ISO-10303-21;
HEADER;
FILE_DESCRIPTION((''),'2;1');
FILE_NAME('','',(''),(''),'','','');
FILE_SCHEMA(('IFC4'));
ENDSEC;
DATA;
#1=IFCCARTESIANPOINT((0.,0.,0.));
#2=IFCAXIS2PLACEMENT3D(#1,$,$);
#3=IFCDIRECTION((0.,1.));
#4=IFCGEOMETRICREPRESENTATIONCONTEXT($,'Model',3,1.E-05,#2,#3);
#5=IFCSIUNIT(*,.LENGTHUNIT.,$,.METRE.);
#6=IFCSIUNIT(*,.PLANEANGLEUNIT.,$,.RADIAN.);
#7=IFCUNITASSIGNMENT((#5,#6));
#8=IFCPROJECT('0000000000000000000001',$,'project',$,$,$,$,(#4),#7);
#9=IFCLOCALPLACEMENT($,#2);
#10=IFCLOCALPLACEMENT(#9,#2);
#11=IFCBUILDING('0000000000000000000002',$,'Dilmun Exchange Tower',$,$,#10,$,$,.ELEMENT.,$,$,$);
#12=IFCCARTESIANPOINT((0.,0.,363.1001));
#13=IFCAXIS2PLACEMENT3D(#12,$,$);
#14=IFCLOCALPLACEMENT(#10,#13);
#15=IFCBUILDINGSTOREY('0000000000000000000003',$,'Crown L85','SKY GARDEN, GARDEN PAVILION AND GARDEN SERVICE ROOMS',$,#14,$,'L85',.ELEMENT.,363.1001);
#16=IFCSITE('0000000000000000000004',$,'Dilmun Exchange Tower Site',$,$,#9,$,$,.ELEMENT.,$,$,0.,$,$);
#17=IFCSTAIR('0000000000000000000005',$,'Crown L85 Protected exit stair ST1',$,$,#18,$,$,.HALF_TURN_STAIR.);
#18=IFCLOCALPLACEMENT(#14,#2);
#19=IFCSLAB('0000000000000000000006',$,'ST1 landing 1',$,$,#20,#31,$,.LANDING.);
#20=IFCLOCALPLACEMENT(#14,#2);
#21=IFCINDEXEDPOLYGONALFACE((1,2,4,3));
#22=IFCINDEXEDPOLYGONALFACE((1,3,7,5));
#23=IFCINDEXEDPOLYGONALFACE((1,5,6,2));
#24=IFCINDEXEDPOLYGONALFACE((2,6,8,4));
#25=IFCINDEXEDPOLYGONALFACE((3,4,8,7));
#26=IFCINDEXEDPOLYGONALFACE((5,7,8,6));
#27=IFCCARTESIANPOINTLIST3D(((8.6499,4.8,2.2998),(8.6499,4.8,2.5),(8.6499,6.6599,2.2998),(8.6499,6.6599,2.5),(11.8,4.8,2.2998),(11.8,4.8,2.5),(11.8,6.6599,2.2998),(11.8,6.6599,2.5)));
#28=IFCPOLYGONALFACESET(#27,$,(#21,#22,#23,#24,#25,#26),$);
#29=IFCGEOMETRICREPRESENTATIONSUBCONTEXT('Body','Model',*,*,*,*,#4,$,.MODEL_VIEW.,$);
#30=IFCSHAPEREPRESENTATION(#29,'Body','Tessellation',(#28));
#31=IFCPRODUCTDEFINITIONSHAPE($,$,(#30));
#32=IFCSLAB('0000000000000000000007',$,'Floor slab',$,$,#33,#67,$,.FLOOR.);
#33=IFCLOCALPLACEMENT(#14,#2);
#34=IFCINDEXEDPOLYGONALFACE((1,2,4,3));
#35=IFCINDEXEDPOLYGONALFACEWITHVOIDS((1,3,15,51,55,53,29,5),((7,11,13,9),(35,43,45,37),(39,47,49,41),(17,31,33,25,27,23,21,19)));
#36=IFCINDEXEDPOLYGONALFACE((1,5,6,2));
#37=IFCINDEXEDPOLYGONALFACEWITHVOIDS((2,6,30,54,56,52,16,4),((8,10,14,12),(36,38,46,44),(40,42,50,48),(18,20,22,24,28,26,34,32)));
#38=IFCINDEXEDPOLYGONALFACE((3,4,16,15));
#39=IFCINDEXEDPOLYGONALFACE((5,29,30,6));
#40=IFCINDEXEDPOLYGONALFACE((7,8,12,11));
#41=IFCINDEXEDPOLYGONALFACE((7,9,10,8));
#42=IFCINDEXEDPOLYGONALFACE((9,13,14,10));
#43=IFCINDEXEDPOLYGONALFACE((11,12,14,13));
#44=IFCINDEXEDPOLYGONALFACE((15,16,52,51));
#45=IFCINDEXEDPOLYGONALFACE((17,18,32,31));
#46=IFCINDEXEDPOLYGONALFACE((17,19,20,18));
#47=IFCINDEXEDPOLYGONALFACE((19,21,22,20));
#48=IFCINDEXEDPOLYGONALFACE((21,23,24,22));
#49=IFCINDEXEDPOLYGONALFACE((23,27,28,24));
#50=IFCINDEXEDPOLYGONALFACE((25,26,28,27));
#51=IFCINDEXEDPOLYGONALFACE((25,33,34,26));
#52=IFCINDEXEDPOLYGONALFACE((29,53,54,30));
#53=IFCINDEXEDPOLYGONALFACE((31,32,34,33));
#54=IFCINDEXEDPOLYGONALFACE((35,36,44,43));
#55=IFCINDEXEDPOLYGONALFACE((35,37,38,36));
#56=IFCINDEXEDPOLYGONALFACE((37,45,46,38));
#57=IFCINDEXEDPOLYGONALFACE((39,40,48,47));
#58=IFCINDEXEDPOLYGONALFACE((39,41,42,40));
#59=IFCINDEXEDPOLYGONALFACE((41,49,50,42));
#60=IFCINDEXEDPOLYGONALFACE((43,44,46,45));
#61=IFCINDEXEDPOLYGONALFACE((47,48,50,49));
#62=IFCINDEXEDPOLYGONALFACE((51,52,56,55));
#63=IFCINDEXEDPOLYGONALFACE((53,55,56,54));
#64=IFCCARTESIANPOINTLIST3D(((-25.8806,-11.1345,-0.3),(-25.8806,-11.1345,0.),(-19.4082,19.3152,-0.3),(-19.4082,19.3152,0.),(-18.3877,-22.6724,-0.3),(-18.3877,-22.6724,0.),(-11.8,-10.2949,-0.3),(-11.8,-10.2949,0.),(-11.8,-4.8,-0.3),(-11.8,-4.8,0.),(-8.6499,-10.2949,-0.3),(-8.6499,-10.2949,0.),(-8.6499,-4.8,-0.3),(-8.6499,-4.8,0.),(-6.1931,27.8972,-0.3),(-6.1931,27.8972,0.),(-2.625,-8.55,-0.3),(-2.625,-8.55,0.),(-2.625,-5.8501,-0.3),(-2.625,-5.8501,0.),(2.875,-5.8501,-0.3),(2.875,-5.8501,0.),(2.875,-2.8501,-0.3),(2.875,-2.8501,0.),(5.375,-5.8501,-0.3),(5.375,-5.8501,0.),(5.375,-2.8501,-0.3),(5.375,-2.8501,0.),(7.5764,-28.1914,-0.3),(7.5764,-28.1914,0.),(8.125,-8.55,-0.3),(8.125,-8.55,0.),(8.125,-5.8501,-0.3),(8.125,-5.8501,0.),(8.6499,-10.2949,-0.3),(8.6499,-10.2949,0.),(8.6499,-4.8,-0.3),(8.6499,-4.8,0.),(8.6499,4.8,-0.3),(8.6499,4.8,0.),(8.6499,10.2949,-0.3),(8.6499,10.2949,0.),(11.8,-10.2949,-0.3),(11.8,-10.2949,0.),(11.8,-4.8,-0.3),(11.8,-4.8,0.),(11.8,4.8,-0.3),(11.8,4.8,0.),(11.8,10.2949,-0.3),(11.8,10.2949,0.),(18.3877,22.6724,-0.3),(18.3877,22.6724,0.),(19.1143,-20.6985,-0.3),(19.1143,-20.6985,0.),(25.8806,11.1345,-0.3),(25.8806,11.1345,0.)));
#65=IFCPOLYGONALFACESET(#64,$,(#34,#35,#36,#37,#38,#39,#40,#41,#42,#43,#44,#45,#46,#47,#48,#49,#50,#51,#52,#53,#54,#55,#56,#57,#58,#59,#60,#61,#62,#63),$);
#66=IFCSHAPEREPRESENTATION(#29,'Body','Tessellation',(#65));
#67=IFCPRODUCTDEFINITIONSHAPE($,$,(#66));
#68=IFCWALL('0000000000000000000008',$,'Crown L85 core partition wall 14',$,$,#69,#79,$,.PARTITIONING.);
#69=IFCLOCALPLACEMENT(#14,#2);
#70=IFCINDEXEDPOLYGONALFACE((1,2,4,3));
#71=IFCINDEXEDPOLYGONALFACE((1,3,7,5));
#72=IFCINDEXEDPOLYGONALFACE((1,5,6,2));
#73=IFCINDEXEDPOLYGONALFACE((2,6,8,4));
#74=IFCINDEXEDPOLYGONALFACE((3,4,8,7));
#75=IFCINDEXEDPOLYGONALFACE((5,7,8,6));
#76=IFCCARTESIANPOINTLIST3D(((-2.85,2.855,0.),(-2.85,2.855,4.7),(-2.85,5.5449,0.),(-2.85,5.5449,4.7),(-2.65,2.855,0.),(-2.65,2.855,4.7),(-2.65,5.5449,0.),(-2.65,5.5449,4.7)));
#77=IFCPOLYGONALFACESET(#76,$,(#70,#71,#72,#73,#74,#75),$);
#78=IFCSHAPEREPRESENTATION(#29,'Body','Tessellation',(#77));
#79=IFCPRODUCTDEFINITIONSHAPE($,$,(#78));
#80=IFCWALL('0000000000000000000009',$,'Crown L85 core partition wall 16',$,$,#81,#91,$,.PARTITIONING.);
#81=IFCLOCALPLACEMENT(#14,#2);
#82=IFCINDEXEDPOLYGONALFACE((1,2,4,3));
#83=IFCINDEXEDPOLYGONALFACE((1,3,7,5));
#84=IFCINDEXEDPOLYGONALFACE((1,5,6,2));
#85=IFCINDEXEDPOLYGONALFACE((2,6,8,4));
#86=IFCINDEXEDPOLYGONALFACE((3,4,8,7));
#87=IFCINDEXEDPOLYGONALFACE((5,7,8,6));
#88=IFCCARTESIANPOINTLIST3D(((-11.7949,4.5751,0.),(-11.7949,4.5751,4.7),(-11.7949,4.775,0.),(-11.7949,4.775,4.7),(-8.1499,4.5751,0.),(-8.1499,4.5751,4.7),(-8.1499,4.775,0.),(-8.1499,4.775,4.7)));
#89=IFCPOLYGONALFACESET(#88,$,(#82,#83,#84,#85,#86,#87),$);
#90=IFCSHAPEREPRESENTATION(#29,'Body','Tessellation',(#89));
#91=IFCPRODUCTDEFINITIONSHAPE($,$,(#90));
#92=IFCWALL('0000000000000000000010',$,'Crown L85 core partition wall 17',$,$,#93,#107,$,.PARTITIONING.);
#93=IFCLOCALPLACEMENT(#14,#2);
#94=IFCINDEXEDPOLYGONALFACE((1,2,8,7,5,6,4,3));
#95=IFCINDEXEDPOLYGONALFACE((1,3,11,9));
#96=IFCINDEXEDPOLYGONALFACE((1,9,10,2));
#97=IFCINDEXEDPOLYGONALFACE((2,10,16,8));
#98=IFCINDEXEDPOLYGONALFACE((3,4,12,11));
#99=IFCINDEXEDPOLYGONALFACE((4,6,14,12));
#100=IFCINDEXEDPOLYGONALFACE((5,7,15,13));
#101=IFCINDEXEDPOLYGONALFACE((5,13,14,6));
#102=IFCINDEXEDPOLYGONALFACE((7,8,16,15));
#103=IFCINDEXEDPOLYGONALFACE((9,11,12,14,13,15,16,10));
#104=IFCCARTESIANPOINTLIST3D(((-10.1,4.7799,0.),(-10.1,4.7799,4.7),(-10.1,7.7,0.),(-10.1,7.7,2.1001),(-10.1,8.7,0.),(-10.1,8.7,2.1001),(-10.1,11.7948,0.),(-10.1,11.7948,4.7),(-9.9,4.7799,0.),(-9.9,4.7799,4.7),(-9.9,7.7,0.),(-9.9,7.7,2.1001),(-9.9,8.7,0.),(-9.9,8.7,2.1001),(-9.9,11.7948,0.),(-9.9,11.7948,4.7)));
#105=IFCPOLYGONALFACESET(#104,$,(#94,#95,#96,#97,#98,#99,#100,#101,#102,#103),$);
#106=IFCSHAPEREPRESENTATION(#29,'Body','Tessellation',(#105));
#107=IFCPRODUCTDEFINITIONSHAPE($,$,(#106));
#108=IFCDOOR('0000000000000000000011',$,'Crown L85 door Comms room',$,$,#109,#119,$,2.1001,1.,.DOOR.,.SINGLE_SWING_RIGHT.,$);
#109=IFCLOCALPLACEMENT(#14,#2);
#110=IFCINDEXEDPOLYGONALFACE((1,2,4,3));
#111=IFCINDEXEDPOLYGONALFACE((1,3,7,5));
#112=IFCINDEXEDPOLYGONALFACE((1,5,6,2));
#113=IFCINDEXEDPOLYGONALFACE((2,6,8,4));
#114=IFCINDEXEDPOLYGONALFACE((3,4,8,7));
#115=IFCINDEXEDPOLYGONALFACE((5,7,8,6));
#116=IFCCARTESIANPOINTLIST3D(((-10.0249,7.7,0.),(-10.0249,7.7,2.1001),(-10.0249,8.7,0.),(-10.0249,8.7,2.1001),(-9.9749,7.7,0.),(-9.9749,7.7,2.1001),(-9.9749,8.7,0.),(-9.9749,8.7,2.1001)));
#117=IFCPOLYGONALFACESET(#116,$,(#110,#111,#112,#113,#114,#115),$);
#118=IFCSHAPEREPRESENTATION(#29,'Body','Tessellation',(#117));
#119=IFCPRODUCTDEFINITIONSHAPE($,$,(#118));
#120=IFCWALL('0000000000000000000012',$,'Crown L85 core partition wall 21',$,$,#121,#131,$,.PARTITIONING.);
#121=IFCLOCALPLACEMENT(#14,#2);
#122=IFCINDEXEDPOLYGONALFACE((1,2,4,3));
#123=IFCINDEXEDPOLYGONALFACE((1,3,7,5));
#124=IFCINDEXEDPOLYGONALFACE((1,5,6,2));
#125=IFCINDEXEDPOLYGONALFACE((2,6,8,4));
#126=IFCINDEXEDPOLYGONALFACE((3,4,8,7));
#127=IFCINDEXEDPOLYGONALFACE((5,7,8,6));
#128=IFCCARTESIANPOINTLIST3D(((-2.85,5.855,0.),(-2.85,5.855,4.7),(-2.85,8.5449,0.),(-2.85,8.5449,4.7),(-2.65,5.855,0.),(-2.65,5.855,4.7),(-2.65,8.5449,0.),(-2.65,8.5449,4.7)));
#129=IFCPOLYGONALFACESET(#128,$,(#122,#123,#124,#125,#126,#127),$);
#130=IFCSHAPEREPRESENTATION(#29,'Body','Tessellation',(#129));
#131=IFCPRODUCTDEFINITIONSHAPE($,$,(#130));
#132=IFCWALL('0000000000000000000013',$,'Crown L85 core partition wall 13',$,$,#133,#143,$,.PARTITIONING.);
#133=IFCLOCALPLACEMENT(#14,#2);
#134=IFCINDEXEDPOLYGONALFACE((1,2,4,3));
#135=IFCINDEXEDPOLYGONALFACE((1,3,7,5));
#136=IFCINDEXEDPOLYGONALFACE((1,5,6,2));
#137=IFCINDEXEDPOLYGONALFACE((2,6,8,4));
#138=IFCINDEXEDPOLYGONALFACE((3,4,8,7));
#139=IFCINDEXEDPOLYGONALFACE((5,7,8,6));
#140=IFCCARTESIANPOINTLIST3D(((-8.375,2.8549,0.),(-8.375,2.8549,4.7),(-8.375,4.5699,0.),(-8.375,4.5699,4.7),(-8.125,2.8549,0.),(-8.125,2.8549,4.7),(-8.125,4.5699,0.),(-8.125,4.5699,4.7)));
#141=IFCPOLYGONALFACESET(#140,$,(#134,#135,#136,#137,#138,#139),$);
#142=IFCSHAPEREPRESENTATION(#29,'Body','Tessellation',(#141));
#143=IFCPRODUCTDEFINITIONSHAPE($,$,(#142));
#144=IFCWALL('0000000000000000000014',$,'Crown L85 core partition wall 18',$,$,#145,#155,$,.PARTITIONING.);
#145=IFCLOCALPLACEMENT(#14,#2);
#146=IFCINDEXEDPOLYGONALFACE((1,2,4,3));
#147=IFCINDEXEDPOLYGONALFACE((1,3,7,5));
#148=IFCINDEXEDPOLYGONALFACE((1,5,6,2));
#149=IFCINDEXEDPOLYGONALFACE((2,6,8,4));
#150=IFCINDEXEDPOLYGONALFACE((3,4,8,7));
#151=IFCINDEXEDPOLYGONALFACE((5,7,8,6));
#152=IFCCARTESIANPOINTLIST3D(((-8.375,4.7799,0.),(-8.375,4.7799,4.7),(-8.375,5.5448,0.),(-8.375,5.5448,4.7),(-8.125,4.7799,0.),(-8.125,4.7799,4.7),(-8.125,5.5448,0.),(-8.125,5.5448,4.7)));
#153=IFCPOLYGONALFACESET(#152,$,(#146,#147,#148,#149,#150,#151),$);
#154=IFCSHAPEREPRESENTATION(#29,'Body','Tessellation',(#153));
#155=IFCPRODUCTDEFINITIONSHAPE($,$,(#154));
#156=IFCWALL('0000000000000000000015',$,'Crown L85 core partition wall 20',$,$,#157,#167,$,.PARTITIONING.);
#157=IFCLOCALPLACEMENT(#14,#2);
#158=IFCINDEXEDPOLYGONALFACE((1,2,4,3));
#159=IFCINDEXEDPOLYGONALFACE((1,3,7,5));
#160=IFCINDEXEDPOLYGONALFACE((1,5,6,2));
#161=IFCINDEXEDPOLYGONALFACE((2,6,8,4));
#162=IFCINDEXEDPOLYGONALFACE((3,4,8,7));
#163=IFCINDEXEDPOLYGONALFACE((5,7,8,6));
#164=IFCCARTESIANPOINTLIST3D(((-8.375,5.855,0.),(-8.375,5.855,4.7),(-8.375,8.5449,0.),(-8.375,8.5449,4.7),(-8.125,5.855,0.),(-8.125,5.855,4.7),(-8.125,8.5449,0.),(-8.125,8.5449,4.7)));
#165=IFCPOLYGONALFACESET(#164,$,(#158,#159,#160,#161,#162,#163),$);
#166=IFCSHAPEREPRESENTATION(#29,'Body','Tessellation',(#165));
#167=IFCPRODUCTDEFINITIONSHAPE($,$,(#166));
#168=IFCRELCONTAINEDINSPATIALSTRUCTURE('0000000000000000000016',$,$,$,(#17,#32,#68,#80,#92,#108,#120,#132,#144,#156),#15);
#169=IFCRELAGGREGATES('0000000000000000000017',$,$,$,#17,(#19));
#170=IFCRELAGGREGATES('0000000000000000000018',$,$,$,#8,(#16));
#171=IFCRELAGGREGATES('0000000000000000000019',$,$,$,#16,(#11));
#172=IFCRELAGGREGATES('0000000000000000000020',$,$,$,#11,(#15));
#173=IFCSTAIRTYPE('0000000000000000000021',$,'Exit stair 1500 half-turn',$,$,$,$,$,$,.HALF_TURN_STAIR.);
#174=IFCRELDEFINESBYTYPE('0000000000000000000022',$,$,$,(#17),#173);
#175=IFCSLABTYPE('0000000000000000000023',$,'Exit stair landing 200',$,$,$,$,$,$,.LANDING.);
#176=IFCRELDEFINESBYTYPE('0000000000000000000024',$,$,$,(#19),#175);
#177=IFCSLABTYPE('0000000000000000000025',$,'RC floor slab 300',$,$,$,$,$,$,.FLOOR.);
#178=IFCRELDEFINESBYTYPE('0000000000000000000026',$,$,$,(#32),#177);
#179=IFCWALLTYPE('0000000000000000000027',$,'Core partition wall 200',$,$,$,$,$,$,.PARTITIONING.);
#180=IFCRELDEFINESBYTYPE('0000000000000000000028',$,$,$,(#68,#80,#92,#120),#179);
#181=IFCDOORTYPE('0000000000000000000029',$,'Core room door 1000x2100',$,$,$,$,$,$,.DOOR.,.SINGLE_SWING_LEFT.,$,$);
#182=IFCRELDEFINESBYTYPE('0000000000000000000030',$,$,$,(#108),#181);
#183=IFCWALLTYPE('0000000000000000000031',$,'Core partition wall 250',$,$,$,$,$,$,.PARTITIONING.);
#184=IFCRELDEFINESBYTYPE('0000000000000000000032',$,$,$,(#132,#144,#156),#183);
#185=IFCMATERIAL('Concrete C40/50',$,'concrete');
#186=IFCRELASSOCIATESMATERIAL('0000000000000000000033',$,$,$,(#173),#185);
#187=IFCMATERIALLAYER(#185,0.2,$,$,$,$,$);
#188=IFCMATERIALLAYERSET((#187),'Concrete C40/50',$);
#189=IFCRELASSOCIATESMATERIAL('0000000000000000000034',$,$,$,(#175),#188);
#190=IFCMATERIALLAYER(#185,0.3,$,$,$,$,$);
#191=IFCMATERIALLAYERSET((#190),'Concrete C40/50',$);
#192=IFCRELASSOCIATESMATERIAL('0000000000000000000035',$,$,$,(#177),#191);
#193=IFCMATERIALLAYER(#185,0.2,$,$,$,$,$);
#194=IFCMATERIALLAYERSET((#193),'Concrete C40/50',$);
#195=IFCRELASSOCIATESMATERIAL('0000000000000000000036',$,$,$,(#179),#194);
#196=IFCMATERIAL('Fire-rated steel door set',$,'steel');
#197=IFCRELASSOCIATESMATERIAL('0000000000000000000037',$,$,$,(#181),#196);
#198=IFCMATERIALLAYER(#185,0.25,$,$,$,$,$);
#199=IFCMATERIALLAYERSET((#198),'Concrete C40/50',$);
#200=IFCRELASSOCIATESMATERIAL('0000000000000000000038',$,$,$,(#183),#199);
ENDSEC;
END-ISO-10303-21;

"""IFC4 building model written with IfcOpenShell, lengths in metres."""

from ifc_helpers import new_model, si_unit, direction, frame, frame_2d, origin, place, context, subcontext, project, spatial, polyline, rectangle, outline, extrude, material, layer, layer_set, type_object, element, fill, aggregate, save


model = new_model("IFC4")

# Units and contexts
model_context = context("Model", 3, precision=1e-05, world=origin(), true_north=direction((0.0, 1.0)))
body_context = subcontext(model_context, "Body", "Model", "MODEL_VIEW")
ifc_project = project(units=[si_unit("LENGTHUNIT", "METRE"), si_unit("PLANEANGLEUNIT", "RADIAN")], contexts=[model_context])

# Site, building, storey
site_placement = place(None, origin())
site = spatial("IfcSite", under=ifc_project, at=site_placement, Name="Dilmun Exchange Tower Site", CompositionType="ELEMENT", RefElevation=0.0)
building_placement = place(site_placement, origin())
building = spatial("IfcBuilding", under=site, at=building_placement, Name="Dilmun Exchange Tower", CompositionType="ELEMENT")
storey_placement = place(building_placement, frame((0.0, 0.0, 363.1001)))
storey = spatial("IfcBuildingStorey", under=building, at=storey_placement, Name="Crown L85", Description="SKY GARDEN, GARDEN PAVILION AND GARDEN SERVICE ROOMS", LongName="L85", CompositionType="ELEMENT", Elevation=363.1001)

# Stair, slab
ifc_material_1 = material(Name="Concrete C40/50", Category="concrete")
stair_type = type_object("IfcStairType", Name="Exit stair 1500 half-turn", PredefinedType="HALF_TURN_STAIR", material=ifc_material_1)
stair_placement = place(storey_placement, origin())
stair = element("IfcStair", 1, at=stair_placement, inside=storey, type_object=stair_type, Name="Crown L85 Protected exit stair ST1", PredefinedType="HALF_TURN_STAIR")
ifc_layer_1 = layer(ifc_material_1, 0.2)
ifc_layer_set_1 = layer_set([ifc_layer_1], Name="Concrete C40/50")
slab_type_1 = type_object("IfcSlabType", Name="Exit stair landing 200", PredefinedType="LANDING", material=ifc_layer_set_1)
slab_1_placement = place(storey_placement, frame((0.0, 0.0, 2.2998)))
slab_1 = element("IfcSlab", 2, at=slab_1_placement, type_object=slab_type_1, Name="ST1 landing 1", PredefinedType="LANDING", context=body_context, shape_type="SweptSolid", body=[
    extrude(outline(polyline([(8.6499, 6.6599), (8.6499, 4.8), (11.8, 4.8), (11.8, 6.6599), (8.6499, 6.6599)])), origin(), (0.0, 0.0, 1.0), 0.2002),
])
aggregate(stair, [slab_1])

# Slab
ifc_layer_2 = layer(ifc_material_1, 0.3)
ifc_layer_set_2 = layer_set([ifc_layer_2], Name="Concrete C40/50")
slab_type_2 = type_object("IfcSlabType", Name="RC floor slab 300", PredefinedType="FLOOR", material=ifc_layer_set_2)
slab_2_placement = place(storey_placement, frame((0.0, 0.0, -0.3)))
element("IfcSlab", 3, at=slab_2_placement, inside=storey, type_object=slab_type_2, Name="Floor slab", PredefinedType="FLOOR", context=body_context, shape_type="SweptSolid", body=[
    extrude(outline(polyline([(-19.4082, 19.3152), (-6.1931, 27.8972), (18.3877, 22.6724), (25.8806, 11.1345), (19.1143, -20.6985), (7.5764, -28.1914), (-18.3877, -22.6724), (-25.8806, -11.1345), (-19.4082, 19.3152)]), holes=[polyline([(-8.6499, -4.8), (-11.8, -4.8), (-11.8, -10.2949), (-8.6499, -10.2949), (-8.6499, -4.8)]), polyline([(11.8, -4.8), (8.6499, -4.8), (8.6499, -10.2949), (11.8, -10.2949), (11.8, -4.8)]), polyline([(-2.625, -5.8501), (-2.625, -8.55), (8.125, -8.55), (8.125, -5.8501), (5.375, -5.8501), (5.375, -2.8501), (2.875, -2.8501), (2.875, -5.8501), (-2.625, -5.8501)]), polyline([(8.6499, 4.8), (11.8, 4.8), (11.8, 10.2949), (8.6499, 10.2949), (8.6499, 4.8)])]), origin(), (0.0, 0.0, 1.0), 0.3),
])

# Walls
ifc_layer_3 = layer(ifc_material_1, 0.2)
ifc_layer_set_3 = layer_set([ifc_layer_3], Name="Concrete C40/50")
wall_type_1 = type_object("IfcWallType", Name="Core partition wall 200", PredefinedType="PARTITIONING", material=ifc_layer_set_3)
wall_1_placement = place(storey_placement, frame((-2.75, 2.855, 0.0), z_axis=(0.0, 0.0, 1.0), x_axis=(0.0, 1.0, 0.0)))
element("IfcWall", 4, at=wall_1_placement, inside=storey, type_object=wall_type_1, Name="Crown L85 core partition wall 14", PredefinedType="PARTITIONING", context=body_context, shape_type="SweptSolid", body=[
    extrude(rectangle(XDim=2.6899, YDim=0.2, at=frame_2d((1.345, 0.0))), origin(), (0.0, 0.0, 1.0), 4.7),
])
wall_2_placement = place(storey_placement, frame((-11.7949, 4.675, 0.0), z_axis=(0.0, 0.0, 1.0), x_axis=(1.0, 0.0, 0.0)))
element("IfcWall", 5, at=wall_2_placement, inside=storey, type_object=wall_type_1, Name="Crown L85 core partition wall 16", PredefinedType="PARTITIONING", context=body_context, shape_type="SweptSolid", body=[
    extrude(rectangle(XDim=3.645, YDim=0.2, at=frame_2d((1.8225, 0.0))), origin(), (0.0, 0.0, 1.0), 4.7),
])

# Wall, opening, door
wall_3_placement = place(storey_placement, frame((-10.0, 4.78, 0.0), z_axis=(0.0, 0.0, 1.0), x_axis=(0.0, 1.0, 0.0)))
wall_3 = element("IfcWall", 6, at=wall_3_placement, inside=storey, type_object=wall_type_1, Name="Crown L85 core partition wall 17", PredefinedType="PARTITIONING", context=body_context, shape_type="SweptSolid", body=[
    extrude(rectangle(XDim=7.0149, YDim=0.2, at=frame_2d((3.5073, 0.0))), origin(), (0.0, 0.0, 1.0), 4.7),
])
opening_1_placement = place(wall_3_placement, frame((2.9199, 0.0, 0.0)))
opening_1 = element("IfcOpeningElement", 7, at=opening_1_placement, cuts=wall_3, PredefinedType="OPENING", context=body_context, shape_type="SweptSolid", body=[
    extrude(rectangle(XDim=1.0, YDim=2.1001, at=frame_2d((0.5, 1.05))), frame((0.0, 0.1099, 0.0), z_axis=(0.0, -1.0, 0.0), x_axis=(1.0, 0.0, 0.0)), (0.0, 0.0, 1.0), 0.22),
])
ifc_material_2 = material(Name="Fire-rated steel door set", Category="steel")
door_type_1 = type_object("IfcDoorType", Name="Core room door 1000x2100", OperationType="SINGLE_SWING_LEFT", PredefinedType="DOOR", material=ifc_material_2)
door_1_placement = place(opening_1_placement, origin())
door_1 = element("IfcDoor", 8, at=door_1_placement, inside=storey, type_object=door_type_1, Name="Crown L85 door Comms room", OperationType="SINGLE_SWING_RIGHT", OverallHeight=2.1001, OverallWidth=1.0, PredefinedType="DOOR", context=body_context, shape_type="SweptSolid", body=[
    extrude(rectangle(XDim=1.0, YDim=2.1001, at=frame_2d((0.5, 1.05))), frame((0.0, 0.0249, 0.0), z_axis=(0.0, -1.0, 0.0), x_axis=(1.0, 0.0, 0.0)), (0.0, 0.0, 1.0), 0.05),
])
fill(opening_1, door_1)

# Walls
wall_4_placement = place(storey_placement, frame((-2.75, 5.855, 0.0), z_axis=(0.0, 0.0, 1.0), x_axis=(0.0, 1.0, 0.0)))
element("IfcWall", 9, at=wall_4_placement, inside=storey, type_object=wall_type_1, Name="Crown L85 core partition wall 21", PredefinedType="PARTITIONING", context=body_context, shape_type="SweptSolid", body=[
    extrude(rectangle(XDim=2.6899, YDim=0.2, at=frame_2d((1.345, 0.0))), origin(), (0.0, 0.0, 1.0), 4.7),
])
ifc_layer_4 = layer(ifc_material_1, 0.25)
ifc_layer_set_4 = layer_set([ifc_layer_4], Name="Concrete C40/50")
wall_type_2 = type_object("IfcWallType", Name="Core partition wall 250", PredefinedType="PARTITIONING", material=ifc_layer_set_4)
wall_5_placement = place(storey_placement, frame((-8.25, 2.855, 0.0), z_axis=(0.0, 0.0, 1.0), x_axis=(0.0, 1.0, 0.0)))
element("IfcWall", 10, at=wall_5_placement, inside=storey, type_object=wall_type_2, Name="Crown L85 core partition wall 13", PredefinedType="PARTITIONING", context=body_context, shape_type="SweptSolid", body=[
    extrude(rectangle(XDim=1.7151, YDim=0.25, at=frame_2d((0.8574, 0.0))), origin(), (0.0, 0.0, 1.0), 4.7),
])
wall_6_placement = place(storey_placement, frame((-8.25, 4.78, 0.0), z_axis=(0.0, 0.0, 1.0), x_axis=(0.0, 1.0, 0.0)))
element("IfcWall", 11, at=wall_6_placement, inside=storey, type_object=wall_type_2, Name="Crown L85 core partition wall 18", PredefinedType="PARTITIONING", context=body_context, shape_type="SweptSolid", body=[
    extrude(rectangle(XDim=0.7649, YDim=0.25, at=frame_2d((0.3823, 0.0))), origin(), (0.0, 0.0, 1.0), 4.7),
])
wall_7_placement = place(storey_placement, frame((-8.25, 5.855, 0.0), z_axis=(0.0, 0.0, 1.0), x_axis=(0.0, 1.0, 0.0)))
element("IfcWall", 12, at=wall_7_placement, inside=storey, type_object=wall_type_2, Name="Crown L85 core partition wall 20", PredefinedType="PARTITIONING", context=body_context, shape_type="SweptSolid", body=[
    extrude(rectangle(XDim=2.6899, YDim=0.25, at=frame_2d((1.345, 0.0))), origin(), (0.0, 0.0, 1.0), 4.7),
])

save(model, "model.ifc")
